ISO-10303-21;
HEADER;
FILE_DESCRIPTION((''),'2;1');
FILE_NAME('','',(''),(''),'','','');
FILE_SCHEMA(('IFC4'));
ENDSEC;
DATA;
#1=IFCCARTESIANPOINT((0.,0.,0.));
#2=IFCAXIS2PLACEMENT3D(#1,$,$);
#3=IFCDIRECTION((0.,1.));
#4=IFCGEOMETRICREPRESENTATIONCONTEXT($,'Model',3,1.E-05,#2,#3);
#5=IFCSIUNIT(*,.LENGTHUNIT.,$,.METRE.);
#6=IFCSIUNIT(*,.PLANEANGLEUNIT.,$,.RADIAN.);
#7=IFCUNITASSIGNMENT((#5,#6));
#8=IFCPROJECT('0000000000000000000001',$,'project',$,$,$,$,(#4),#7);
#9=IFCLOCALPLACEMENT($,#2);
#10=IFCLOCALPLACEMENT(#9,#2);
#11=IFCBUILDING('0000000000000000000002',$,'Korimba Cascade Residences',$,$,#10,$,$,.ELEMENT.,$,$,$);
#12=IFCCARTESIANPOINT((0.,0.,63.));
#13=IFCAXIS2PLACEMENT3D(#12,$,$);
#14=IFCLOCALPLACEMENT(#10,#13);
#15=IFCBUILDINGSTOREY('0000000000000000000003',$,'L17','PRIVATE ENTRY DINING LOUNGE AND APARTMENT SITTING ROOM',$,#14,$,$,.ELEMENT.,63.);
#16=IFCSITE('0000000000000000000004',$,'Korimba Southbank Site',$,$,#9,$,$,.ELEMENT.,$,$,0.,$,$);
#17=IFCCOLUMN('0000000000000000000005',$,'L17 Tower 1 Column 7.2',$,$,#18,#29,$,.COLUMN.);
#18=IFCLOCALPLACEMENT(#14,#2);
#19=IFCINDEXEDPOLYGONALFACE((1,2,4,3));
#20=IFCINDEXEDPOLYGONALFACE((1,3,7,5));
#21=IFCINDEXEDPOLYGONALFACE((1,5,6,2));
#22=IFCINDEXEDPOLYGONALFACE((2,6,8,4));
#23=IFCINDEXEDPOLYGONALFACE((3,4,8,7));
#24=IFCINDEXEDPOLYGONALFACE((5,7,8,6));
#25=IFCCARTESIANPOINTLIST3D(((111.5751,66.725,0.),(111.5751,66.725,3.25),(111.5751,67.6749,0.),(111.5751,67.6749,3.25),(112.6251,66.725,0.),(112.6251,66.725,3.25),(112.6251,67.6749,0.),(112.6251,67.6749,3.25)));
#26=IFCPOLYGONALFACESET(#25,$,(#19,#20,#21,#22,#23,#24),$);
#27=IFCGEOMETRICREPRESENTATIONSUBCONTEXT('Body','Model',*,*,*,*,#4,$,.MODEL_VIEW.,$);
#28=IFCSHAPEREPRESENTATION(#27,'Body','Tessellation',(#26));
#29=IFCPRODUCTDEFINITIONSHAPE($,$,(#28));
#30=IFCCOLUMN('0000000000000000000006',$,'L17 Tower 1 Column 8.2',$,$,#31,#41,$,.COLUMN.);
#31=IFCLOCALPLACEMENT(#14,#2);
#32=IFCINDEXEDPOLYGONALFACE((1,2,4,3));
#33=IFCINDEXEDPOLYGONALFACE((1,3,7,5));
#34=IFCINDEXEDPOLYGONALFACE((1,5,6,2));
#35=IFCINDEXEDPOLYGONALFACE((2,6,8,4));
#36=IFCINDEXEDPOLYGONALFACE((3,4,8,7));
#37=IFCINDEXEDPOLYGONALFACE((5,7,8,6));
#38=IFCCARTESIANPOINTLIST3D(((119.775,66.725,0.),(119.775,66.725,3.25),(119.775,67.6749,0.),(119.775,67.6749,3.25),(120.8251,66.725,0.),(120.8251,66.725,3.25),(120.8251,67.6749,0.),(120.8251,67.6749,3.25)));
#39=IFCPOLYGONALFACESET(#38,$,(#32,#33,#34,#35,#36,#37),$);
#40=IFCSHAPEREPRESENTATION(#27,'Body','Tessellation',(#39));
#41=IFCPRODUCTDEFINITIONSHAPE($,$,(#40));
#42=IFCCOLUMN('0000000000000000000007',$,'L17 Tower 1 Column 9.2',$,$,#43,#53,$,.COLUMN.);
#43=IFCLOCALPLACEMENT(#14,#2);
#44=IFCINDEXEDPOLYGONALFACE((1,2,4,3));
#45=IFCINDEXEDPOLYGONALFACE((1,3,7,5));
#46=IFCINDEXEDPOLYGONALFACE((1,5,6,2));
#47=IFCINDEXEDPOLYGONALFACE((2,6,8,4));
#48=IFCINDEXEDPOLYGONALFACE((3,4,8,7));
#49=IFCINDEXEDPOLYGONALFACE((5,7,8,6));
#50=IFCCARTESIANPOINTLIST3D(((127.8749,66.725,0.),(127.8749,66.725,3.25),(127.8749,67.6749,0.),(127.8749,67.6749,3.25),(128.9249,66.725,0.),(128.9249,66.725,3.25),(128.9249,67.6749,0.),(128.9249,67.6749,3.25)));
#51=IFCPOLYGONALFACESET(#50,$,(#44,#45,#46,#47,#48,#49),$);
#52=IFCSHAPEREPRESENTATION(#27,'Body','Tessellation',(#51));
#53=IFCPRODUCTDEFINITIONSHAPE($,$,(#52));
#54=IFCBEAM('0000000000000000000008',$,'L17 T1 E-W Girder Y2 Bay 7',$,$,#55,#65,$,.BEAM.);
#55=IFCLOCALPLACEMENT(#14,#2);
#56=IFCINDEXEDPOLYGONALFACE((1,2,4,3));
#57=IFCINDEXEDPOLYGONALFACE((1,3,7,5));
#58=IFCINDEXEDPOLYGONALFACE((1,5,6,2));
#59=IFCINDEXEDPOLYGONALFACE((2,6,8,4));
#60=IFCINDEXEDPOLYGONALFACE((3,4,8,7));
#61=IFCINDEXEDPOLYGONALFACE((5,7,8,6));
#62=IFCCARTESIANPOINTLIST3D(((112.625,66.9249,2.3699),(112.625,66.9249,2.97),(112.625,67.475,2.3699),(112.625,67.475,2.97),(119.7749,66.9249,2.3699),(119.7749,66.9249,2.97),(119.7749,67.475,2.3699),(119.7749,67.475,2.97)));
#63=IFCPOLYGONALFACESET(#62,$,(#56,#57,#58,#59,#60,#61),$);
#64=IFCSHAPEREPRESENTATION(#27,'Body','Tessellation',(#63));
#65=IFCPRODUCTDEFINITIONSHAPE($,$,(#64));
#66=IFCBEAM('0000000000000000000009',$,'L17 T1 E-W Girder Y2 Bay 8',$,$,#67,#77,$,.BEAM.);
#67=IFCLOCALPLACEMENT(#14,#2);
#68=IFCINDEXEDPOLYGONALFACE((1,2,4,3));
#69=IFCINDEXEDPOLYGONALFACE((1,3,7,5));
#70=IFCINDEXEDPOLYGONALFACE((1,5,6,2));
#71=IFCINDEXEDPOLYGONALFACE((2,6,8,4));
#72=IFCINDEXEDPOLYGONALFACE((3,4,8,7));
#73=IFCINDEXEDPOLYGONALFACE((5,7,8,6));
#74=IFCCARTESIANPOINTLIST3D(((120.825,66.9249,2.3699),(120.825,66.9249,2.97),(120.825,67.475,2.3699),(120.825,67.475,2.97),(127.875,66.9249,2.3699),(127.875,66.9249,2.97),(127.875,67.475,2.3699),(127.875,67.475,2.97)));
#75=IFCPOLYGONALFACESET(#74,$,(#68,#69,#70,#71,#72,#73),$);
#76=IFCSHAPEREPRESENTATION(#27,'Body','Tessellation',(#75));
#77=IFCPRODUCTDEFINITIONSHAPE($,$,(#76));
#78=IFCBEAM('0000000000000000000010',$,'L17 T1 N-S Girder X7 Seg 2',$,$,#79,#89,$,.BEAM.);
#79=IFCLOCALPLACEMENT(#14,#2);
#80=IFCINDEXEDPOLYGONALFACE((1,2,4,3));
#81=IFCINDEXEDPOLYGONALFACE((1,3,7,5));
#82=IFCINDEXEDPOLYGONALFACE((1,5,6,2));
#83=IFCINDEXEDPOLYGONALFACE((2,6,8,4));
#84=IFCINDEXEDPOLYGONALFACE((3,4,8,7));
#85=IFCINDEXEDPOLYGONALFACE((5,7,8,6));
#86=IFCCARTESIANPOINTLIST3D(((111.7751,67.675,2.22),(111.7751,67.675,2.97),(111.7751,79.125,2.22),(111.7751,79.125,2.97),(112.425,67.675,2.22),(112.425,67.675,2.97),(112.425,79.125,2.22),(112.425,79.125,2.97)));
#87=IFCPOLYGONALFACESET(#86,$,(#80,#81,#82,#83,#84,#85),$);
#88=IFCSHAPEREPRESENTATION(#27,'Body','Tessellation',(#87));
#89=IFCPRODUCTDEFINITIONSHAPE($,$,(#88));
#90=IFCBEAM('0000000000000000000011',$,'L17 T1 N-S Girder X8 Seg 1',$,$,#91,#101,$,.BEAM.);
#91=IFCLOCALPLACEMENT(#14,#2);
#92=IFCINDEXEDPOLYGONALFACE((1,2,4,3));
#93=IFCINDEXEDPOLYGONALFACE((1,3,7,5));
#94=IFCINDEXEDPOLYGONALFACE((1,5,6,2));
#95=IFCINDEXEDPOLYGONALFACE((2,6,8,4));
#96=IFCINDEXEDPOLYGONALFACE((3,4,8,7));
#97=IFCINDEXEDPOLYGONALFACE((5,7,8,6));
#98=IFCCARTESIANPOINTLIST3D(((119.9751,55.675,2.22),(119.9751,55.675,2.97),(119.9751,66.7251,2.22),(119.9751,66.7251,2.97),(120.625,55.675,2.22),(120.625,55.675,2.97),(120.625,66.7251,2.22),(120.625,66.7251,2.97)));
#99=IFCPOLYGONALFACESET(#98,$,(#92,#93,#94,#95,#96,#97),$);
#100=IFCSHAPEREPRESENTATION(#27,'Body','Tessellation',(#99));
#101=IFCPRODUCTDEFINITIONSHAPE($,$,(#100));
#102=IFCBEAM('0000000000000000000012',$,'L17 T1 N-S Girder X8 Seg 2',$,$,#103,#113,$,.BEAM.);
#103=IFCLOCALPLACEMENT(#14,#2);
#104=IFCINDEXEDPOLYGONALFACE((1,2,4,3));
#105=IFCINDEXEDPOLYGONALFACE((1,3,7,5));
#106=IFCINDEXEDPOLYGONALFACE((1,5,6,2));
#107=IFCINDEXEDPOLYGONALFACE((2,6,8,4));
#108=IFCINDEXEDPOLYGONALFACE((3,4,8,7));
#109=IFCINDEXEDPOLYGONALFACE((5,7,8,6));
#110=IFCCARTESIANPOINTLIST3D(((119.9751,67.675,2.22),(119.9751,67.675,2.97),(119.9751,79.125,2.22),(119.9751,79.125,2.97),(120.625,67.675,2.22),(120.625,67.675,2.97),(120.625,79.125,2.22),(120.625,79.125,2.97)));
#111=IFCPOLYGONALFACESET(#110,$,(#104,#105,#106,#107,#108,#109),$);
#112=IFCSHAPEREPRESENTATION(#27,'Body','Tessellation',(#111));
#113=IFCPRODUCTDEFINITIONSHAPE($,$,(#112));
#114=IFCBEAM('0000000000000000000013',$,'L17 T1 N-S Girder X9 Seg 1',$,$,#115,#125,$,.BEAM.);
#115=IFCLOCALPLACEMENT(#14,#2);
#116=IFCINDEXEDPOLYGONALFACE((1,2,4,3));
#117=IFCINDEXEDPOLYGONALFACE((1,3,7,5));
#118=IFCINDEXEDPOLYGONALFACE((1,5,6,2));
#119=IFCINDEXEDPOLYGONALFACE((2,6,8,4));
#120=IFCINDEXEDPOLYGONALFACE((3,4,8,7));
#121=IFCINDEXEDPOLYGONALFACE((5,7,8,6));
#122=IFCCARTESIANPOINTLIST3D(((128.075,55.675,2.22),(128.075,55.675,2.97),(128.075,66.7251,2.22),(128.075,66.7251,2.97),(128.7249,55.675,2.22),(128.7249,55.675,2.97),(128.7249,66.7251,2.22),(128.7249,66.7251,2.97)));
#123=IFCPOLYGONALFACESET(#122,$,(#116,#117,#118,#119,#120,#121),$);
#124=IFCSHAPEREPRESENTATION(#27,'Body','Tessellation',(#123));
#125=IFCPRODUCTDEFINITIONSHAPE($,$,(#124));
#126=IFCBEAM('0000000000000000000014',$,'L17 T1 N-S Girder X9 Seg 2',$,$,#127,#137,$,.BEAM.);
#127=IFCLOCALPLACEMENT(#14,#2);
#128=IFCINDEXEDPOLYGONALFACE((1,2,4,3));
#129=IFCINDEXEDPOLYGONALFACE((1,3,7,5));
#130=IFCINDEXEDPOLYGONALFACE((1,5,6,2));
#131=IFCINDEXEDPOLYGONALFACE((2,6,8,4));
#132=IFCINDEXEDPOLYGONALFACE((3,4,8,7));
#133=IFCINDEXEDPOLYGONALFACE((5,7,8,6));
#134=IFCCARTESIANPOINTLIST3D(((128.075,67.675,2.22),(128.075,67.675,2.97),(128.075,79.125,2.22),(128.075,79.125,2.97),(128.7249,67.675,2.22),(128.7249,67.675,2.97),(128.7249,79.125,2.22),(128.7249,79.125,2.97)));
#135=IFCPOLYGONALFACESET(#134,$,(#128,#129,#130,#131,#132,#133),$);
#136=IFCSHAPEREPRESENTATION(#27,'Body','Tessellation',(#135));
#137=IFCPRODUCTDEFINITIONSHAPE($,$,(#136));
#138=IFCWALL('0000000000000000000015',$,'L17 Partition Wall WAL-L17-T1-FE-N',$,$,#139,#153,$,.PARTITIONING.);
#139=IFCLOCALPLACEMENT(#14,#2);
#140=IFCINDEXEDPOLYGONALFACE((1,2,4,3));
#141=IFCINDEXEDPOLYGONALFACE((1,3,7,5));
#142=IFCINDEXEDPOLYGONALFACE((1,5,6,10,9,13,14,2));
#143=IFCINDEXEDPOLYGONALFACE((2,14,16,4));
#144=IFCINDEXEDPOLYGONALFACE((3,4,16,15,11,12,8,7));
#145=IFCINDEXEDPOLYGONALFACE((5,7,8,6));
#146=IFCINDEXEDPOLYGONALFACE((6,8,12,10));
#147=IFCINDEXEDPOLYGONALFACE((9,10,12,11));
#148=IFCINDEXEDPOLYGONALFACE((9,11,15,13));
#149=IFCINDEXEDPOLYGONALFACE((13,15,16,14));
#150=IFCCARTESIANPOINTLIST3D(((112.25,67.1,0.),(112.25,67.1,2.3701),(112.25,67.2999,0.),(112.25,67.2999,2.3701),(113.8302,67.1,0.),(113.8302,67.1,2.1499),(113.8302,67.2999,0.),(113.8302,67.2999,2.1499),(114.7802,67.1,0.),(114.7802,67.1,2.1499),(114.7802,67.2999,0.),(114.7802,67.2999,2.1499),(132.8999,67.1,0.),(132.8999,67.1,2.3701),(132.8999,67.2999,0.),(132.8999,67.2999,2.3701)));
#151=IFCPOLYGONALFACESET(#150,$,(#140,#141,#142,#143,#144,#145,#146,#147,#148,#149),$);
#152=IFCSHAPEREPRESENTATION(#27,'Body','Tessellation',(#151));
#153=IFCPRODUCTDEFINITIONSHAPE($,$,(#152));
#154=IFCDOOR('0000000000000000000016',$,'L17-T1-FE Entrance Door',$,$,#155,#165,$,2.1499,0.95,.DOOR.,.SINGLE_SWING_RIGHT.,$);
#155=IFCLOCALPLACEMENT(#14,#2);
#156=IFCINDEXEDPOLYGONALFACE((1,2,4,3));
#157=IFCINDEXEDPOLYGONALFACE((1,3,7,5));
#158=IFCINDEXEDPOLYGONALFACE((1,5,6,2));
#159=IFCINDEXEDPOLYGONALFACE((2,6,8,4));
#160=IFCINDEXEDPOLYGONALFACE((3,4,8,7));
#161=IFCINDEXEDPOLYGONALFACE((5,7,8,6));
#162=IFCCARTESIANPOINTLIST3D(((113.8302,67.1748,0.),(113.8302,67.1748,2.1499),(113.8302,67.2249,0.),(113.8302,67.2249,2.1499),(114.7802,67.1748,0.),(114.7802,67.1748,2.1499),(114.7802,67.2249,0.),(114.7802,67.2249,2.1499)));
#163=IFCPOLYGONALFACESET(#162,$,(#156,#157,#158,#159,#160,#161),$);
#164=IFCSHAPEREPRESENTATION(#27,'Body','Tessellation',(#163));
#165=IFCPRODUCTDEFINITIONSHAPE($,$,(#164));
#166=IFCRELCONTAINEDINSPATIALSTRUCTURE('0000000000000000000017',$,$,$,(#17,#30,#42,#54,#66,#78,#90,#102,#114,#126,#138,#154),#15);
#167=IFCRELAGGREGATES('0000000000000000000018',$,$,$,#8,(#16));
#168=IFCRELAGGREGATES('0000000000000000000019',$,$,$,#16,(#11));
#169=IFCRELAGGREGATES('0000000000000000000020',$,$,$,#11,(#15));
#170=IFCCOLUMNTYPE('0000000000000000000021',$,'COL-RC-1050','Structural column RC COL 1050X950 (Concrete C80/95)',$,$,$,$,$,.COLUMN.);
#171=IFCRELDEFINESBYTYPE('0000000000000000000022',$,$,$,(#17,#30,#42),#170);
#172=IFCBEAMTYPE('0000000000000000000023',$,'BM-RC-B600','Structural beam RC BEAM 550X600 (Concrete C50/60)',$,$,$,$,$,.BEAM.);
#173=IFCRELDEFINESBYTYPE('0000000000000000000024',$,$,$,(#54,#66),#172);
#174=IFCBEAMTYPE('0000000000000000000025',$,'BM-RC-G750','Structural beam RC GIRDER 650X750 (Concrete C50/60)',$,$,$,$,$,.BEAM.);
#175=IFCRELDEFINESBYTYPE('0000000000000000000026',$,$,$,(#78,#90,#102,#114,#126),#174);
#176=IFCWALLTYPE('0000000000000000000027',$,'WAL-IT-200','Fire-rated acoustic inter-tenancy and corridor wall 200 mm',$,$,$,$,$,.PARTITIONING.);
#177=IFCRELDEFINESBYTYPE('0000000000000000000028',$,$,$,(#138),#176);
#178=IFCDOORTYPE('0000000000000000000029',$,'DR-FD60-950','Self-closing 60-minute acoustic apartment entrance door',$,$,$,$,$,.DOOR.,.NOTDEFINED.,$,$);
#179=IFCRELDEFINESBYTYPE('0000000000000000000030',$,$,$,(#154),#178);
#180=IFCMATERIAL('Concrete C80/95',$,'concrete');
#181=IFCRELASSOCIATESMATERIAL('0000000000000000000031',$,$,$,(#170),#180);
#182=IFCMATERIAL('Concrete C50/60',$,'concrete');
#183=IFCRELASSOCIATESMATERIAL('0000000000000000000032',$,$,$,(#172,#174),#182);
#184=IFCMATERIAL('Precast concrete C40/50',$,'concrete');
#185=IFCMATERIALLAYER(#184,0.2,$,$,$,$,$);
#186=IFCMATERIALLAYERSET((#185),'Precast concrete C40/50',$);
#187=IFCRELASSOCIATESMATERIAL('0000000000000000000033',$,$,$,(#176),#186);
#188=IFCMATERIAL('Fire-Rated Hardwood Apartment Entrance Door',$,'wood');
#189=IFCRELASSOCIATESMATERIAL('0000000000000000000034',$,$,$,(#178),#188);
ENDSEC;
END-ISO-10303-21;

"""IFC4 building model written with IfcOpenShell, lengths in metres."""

from ifc_helpers import new_model, si_unit, direction, frame, frame_2d, origin, origin_2d, place, context, subcontext, project, spatial, rectangle, extrude, material, layer, layer_set, material_profile, profile_set, type_object, element, fill, save


model = new_model("IFC4")

# Units and contexts
model_context = context("Model", 3, precision=1e-05, world=origin(), true_north=direction((0.0, 1.0)))
body_context = subcontext(model_context, "Body", "Model", "MODEL_VIEW")
ifc_project = project(units=[si_unit("LENGTHUNIT", "METRE"), si_unit("PLANEANGLEUNIT", "RADIAN")], contexts=[model_context])

# Site, building, storey
site_placement = place(None, origin())
site = spatial("IfcSite", under=ifc_project, at=site_placement, Name="Korimba Southbank Site", CompositionType="ELEMENT", RefElevation=0.0)
building_placement = place(site_placement, origin())
building = spatial("IfcBuilding", under=site, at=building_placement, Name="Korimba Cascade Residences", CompositionType="ELEMENT")
storey_placement = place(building_placement, frame((0.0, 0.0, 63.0)))
storey = spatial("IfcBuildingStorey", under=building, at=storey_placement, Name="L17", Description="PRIVATE ENTRY DINING LOUNGE AND APARTMENT SITTING ROOM", CompositionType="ELEMENT", Elevation=63.0)

# Columns
ifc_material_1 = material(Name="Concrete C80/95", Category="concrete")
ifc_material_profile_1 = material_profile(ifc_material_1, rectangle(XDim=1.05, YDim=0.95, at=origin_2d()), Name="Concrete C80/95")
ifc_profile_set_1 = profile_set([ifc_material_profile_1], Name="Concrete C80/95")
column_type = type_object("IfcColumnType", Name="COL-RC-1050", Description="Structural column RC COL 1050X950 (Concrete C80/95)", PredefinedType="COLUMN", material=ifc_profile_set_1)
for number, where, z_axis, x_axis, name in (
    (1, (112.1001, 67.2, 0.0), (0.0, 0.0, 1.0), (1.0, 0.0, 0.0), "L17 Tower 1 Column 7.2"),
    (2, (120.3, 67.2, 0.0), (0.0, 0.0, 1.0), (1.0, 0.0, 0.0), "L17 Tower 1 Column 8.2"),
    (3, (128.3999, 67.2, 0.0), (0.0, 0.0, 1.0), (1.0, 0.0, 0.0), "L17 Tower 1 Column 9.2"),
):
    element("IfcColumn", number, at=place(storey_placement, frame(where, z_axis=z_axis, x_axis=x_axis)), inside=storey, type_object=column_type, Name=name, PredefinedType="COLUMN", context=body_context, shape_type="SweptSolid", body=[
        extrude(rectangle(XDim=1.05, YDim=0.95, at=origin_2d()), origin(), (0.0, 0.0, 1.0), 3.25),
    ])

# Beams
ifc_material_2 = material(Name="Concrete C50/60", Category="concrete")
ifc_material_profile_2 = material_profile(ifc_material_2, rectangle(XDim=0.55, YDim=0.6001, at=origin_2d()), Name="Concrete C50/60")
ifc_profile_set_2 = profile_set([ifc_material_profile_2], Name="Concrete C50/60")
beam_type_1 = type_object("IfcBeamType", Name="BM-RC-B600", Description="Structural beam RC BEAM 550X600 (Concrete C50/60)", PredefinedType="BEAM", material=ifc_profile_set_2)
beam_1_placement = place(storey_placement, frame((112.625, 67.2, 2.6699), z_axis=(1.0, 0.0, 0.0), x_axis=(0.0, 1.0, 0.0)))
element("IfcBeam", 4, at=beam_1_placement, inside=storey, type_object=beam_type_1, Name="L17 T1 E-W Girder Y2 Bay 7", PredefinedType="BEAM", context=body_context, shape_type="SweptSolid", body=[
    extrude(rectangle(XDim=0.55, YDim=0.6001, at=origin_2d()), origin(), (0.0, 0.0, 1.0), 7.1499),
])
beam_2_placement = place(storey_placement, frame((120.825, 67.2, 2.6699), z_axis=(1.0, 0.0, 0.0), x_axis=(0.0, 1.0, 0.0)))
element("IfcBeam", 5, at=beam_2_placement, inside=storey, type_object=beam_type_1, Name="L17 T1 E-W Girder Y2 Bay 8", PredefinedType="BEAM", context=body_context, shape_type="SweptSolid", body=[
    extrude(rectangle(XDim=0.55, YDim=0.6001, at=origin_2d()), origin(), (0.0, 0.0, 1.0), 7.05),
])
ifc_material_profile_3 = material_profile(ifc_material_2, rectangle(XDim=0.6499, YDim=0.75, at=origin_2d()), Name="Concrete C50/60")
ifc_profile_set_3 = profile_set([ifc_material_profile_3], Name="Concrete C50/60")
beam_type_2 = type_object("IfcBeamType", Name="BM-RC-G750", Description="Structural beam RC GIRDER 650X750 (Concrete C50/60)", PredefinedType="BEAM", material=ifc_profile_set_3)
beam_3_placement = place(storey_placement, frame((112.1001, 67.675, 2.595), z_axis=(0.0, 1.0, 0.0), x_axis=(-1.0, 0.0, 0.0)))
element("IfcBeam", 6, at=beam_3_placement, inside=storey, type_object=beam_type_2, Name="L17 T1 N-S Girder X7 Seg 2", PredefinedType="BEAM", context=body_context, shape_type="SweptSolid", body=[
    extrude(rectangle(XDim=0.6499, YDim=0.75, at=origin_2d()), origin(), (0.0, 0.0, 1.0), 11.45),
])
beam_4_placement = place(storey_placement, frame((120.3, 55.675, 2.595), z_axis=(0.0, 1.0, 0.0), x_axis=(-1.0, 0.0, 0.0)))
element("IfcBeam", 7, at=beam_4_placement, inside=storey, type_object=beam_type_2, Name="L17 T1 N-S Girder X8 Seg 1", PredefinedType="BEAM", context=body_context, shape_type="SweptSolid", body=[
    extrude(rectangle(XDim=0.6499, YDim=0.75, at=origin_2d()), origin(), (0.0, 0.0, 1.0), 11.05),
])
beam_5_placement = place(storey_placement, frame((120.3, 67.675, 2.595), z_axis=(0.0, 1.0, 0.0), x_axis=(-1.0, 0.0, 0.0)))
element("IfcBeam", 8, at=beam_5_placement, inside=storey, type_object=beam_type_2, Name="L17 T1 N-S Girder X8 Seg 2", PredefinedType="BEAM", context=body_context, shape_type="SweptSolid", body=[
    extrude(rectangle(XDim=0.6499, YDim=0.75, at=origin_2d()), origin(), (0.0, 0.0, 1.0), 11.45),
])
beam_6_placement = place(storey_placement, frame((128.3999, 55.675, 2.595), z_axis=(0.0, 1.0, 0.0), x_axis=(-1.0, 0.0, 0.0)))
element("IfcBeam", 9, at=beam_6_placement, inside=storey, type_object=beam_type_2, Name="L17 T1 N-S Girder X9 Seg 1", PredefinedType="BEAM", context=body_context, shape_type="SweptSolid", body=[
    extrude(rectangle(XDim=0.6499, YDim=0.75, at=origin_2d()), origin(), (0.0, 0.0, 1.0), 11.05),
])
beam_7_placement = place(storey_placement, frame((128.3999, 67.675, 2.595), z_axis=(0.0, 1.0, 0.0), x_axis=(-1.0, 0.0, 0.0)))
element("IfcBeam", 10, at=beam_7_placement, inside=storey, type_object=beam_type_2, Name="L17 T1 N-S Girder X9 Seg 2", PredefinedType="BEAM", context=body_context, shape_type="SweptSolid", body=[
    extrude(rectangle(XDim=0.6499, YDim=0.75, at=origin_2d()), origin(), (0.0, 0.0, 1.0), 11.45),
])

# Wall, opening, door
ifc_material_3 = material(Name="Precast concrete C40/50", Category="concrete")
ifc_layer_1 = layer(ifc_material_3, 0.2)
ifc_layer_set_1 = layer_set([ifc_layer_1], Name="Precast concrete C40/50")
wall_type_1 = type_object("IfcWallType", Name="WAL-IT-200", Description="Fire-rated acoustic inter-tenancy and corridor wall 200 mm", PredefinedType="PARTITIONING", material=ifc_layer_set_1)
wall_1_placement = place(storey_placement, frame((112.25, 67.2, 0.0), z_axis=(0.0, 0.0, 1.0), x_axis=(1.0, 0.0, 0.0)))
wall_1 = element("IfcWall", 11, at=wall_1_placement, inside=storey, type_object=wall_type_1, Name="L17 Partition Wall WAL-L17-T1-FE-N", PredefinedType="PARTITIONING", context=body_context, shape_type="SweptSolid", body=[
    extrude(rectangle(XDim=20.6499, YDim=0.2, at=frame_2d((10.325, 0.0))), origin(), (0.0, 0.0, 1.0), 2.3701),
])
opening_1_placement = place(wall_1_placement, frame((1.5801, 0.0, 0.0)))
opening_1 = element("IfcOpeningElement", 12, at=opening_1_placement, cuts=wall_1, PredefinedType="OPENING", context=body_context, shape_type="SweptSolid", body=[
    extrude(rectangle(XDim=0.95, YDim=2.1499, at=frame_2d((0.4751, 1.075))), frame((0.0, 0.1099, 0.0), z_axis=(0.0, -1.0, 0.0), x_axis=(1.0, 0.0, 0.0)), (0.0, 0.0, 1.0), 0.22),
])
ifc_material_4 = material(Name="Fire-Rated Hardwood Apartment Entrance Door", Category="wood")
door_type_1 = type_object("IfcDoorType", Name="DR-FD60-950", Description="Self-closing 60-minute acoustic apartment entrance door", OperationType="NOTDEFINED", PredefinedType="DOOR", material=ifc_material_4)
door_1_placement = place(opening_1_placement, origin())
door_1 = element("IfcDoor", 13, at=door_1_placement, inside=storey, type_object=door_type_1, Name="L17-T1-FE Entrance Door", OperationType="SINGLE_SWING_RIGHT", OverallHeight=2.1499, OverallWidth=0.95, PredefinedType="DOOR", context=body_context, shape_type="SweptSolid", body=[
    extrude(rectangle(XDim=0.95, YDim=2.1499, at=frame_2d((0.4751, 1.075))), frame((0.0, 0.0249, 0.0), z_axis=(0.0, -1.0, 0.0), x_axis=(1.0, 0.0, 0.0)), (0.0, 0.0, 1.0), 0.05),
])
fill(opening_1, door_1)

save(model, "model.ifc")
